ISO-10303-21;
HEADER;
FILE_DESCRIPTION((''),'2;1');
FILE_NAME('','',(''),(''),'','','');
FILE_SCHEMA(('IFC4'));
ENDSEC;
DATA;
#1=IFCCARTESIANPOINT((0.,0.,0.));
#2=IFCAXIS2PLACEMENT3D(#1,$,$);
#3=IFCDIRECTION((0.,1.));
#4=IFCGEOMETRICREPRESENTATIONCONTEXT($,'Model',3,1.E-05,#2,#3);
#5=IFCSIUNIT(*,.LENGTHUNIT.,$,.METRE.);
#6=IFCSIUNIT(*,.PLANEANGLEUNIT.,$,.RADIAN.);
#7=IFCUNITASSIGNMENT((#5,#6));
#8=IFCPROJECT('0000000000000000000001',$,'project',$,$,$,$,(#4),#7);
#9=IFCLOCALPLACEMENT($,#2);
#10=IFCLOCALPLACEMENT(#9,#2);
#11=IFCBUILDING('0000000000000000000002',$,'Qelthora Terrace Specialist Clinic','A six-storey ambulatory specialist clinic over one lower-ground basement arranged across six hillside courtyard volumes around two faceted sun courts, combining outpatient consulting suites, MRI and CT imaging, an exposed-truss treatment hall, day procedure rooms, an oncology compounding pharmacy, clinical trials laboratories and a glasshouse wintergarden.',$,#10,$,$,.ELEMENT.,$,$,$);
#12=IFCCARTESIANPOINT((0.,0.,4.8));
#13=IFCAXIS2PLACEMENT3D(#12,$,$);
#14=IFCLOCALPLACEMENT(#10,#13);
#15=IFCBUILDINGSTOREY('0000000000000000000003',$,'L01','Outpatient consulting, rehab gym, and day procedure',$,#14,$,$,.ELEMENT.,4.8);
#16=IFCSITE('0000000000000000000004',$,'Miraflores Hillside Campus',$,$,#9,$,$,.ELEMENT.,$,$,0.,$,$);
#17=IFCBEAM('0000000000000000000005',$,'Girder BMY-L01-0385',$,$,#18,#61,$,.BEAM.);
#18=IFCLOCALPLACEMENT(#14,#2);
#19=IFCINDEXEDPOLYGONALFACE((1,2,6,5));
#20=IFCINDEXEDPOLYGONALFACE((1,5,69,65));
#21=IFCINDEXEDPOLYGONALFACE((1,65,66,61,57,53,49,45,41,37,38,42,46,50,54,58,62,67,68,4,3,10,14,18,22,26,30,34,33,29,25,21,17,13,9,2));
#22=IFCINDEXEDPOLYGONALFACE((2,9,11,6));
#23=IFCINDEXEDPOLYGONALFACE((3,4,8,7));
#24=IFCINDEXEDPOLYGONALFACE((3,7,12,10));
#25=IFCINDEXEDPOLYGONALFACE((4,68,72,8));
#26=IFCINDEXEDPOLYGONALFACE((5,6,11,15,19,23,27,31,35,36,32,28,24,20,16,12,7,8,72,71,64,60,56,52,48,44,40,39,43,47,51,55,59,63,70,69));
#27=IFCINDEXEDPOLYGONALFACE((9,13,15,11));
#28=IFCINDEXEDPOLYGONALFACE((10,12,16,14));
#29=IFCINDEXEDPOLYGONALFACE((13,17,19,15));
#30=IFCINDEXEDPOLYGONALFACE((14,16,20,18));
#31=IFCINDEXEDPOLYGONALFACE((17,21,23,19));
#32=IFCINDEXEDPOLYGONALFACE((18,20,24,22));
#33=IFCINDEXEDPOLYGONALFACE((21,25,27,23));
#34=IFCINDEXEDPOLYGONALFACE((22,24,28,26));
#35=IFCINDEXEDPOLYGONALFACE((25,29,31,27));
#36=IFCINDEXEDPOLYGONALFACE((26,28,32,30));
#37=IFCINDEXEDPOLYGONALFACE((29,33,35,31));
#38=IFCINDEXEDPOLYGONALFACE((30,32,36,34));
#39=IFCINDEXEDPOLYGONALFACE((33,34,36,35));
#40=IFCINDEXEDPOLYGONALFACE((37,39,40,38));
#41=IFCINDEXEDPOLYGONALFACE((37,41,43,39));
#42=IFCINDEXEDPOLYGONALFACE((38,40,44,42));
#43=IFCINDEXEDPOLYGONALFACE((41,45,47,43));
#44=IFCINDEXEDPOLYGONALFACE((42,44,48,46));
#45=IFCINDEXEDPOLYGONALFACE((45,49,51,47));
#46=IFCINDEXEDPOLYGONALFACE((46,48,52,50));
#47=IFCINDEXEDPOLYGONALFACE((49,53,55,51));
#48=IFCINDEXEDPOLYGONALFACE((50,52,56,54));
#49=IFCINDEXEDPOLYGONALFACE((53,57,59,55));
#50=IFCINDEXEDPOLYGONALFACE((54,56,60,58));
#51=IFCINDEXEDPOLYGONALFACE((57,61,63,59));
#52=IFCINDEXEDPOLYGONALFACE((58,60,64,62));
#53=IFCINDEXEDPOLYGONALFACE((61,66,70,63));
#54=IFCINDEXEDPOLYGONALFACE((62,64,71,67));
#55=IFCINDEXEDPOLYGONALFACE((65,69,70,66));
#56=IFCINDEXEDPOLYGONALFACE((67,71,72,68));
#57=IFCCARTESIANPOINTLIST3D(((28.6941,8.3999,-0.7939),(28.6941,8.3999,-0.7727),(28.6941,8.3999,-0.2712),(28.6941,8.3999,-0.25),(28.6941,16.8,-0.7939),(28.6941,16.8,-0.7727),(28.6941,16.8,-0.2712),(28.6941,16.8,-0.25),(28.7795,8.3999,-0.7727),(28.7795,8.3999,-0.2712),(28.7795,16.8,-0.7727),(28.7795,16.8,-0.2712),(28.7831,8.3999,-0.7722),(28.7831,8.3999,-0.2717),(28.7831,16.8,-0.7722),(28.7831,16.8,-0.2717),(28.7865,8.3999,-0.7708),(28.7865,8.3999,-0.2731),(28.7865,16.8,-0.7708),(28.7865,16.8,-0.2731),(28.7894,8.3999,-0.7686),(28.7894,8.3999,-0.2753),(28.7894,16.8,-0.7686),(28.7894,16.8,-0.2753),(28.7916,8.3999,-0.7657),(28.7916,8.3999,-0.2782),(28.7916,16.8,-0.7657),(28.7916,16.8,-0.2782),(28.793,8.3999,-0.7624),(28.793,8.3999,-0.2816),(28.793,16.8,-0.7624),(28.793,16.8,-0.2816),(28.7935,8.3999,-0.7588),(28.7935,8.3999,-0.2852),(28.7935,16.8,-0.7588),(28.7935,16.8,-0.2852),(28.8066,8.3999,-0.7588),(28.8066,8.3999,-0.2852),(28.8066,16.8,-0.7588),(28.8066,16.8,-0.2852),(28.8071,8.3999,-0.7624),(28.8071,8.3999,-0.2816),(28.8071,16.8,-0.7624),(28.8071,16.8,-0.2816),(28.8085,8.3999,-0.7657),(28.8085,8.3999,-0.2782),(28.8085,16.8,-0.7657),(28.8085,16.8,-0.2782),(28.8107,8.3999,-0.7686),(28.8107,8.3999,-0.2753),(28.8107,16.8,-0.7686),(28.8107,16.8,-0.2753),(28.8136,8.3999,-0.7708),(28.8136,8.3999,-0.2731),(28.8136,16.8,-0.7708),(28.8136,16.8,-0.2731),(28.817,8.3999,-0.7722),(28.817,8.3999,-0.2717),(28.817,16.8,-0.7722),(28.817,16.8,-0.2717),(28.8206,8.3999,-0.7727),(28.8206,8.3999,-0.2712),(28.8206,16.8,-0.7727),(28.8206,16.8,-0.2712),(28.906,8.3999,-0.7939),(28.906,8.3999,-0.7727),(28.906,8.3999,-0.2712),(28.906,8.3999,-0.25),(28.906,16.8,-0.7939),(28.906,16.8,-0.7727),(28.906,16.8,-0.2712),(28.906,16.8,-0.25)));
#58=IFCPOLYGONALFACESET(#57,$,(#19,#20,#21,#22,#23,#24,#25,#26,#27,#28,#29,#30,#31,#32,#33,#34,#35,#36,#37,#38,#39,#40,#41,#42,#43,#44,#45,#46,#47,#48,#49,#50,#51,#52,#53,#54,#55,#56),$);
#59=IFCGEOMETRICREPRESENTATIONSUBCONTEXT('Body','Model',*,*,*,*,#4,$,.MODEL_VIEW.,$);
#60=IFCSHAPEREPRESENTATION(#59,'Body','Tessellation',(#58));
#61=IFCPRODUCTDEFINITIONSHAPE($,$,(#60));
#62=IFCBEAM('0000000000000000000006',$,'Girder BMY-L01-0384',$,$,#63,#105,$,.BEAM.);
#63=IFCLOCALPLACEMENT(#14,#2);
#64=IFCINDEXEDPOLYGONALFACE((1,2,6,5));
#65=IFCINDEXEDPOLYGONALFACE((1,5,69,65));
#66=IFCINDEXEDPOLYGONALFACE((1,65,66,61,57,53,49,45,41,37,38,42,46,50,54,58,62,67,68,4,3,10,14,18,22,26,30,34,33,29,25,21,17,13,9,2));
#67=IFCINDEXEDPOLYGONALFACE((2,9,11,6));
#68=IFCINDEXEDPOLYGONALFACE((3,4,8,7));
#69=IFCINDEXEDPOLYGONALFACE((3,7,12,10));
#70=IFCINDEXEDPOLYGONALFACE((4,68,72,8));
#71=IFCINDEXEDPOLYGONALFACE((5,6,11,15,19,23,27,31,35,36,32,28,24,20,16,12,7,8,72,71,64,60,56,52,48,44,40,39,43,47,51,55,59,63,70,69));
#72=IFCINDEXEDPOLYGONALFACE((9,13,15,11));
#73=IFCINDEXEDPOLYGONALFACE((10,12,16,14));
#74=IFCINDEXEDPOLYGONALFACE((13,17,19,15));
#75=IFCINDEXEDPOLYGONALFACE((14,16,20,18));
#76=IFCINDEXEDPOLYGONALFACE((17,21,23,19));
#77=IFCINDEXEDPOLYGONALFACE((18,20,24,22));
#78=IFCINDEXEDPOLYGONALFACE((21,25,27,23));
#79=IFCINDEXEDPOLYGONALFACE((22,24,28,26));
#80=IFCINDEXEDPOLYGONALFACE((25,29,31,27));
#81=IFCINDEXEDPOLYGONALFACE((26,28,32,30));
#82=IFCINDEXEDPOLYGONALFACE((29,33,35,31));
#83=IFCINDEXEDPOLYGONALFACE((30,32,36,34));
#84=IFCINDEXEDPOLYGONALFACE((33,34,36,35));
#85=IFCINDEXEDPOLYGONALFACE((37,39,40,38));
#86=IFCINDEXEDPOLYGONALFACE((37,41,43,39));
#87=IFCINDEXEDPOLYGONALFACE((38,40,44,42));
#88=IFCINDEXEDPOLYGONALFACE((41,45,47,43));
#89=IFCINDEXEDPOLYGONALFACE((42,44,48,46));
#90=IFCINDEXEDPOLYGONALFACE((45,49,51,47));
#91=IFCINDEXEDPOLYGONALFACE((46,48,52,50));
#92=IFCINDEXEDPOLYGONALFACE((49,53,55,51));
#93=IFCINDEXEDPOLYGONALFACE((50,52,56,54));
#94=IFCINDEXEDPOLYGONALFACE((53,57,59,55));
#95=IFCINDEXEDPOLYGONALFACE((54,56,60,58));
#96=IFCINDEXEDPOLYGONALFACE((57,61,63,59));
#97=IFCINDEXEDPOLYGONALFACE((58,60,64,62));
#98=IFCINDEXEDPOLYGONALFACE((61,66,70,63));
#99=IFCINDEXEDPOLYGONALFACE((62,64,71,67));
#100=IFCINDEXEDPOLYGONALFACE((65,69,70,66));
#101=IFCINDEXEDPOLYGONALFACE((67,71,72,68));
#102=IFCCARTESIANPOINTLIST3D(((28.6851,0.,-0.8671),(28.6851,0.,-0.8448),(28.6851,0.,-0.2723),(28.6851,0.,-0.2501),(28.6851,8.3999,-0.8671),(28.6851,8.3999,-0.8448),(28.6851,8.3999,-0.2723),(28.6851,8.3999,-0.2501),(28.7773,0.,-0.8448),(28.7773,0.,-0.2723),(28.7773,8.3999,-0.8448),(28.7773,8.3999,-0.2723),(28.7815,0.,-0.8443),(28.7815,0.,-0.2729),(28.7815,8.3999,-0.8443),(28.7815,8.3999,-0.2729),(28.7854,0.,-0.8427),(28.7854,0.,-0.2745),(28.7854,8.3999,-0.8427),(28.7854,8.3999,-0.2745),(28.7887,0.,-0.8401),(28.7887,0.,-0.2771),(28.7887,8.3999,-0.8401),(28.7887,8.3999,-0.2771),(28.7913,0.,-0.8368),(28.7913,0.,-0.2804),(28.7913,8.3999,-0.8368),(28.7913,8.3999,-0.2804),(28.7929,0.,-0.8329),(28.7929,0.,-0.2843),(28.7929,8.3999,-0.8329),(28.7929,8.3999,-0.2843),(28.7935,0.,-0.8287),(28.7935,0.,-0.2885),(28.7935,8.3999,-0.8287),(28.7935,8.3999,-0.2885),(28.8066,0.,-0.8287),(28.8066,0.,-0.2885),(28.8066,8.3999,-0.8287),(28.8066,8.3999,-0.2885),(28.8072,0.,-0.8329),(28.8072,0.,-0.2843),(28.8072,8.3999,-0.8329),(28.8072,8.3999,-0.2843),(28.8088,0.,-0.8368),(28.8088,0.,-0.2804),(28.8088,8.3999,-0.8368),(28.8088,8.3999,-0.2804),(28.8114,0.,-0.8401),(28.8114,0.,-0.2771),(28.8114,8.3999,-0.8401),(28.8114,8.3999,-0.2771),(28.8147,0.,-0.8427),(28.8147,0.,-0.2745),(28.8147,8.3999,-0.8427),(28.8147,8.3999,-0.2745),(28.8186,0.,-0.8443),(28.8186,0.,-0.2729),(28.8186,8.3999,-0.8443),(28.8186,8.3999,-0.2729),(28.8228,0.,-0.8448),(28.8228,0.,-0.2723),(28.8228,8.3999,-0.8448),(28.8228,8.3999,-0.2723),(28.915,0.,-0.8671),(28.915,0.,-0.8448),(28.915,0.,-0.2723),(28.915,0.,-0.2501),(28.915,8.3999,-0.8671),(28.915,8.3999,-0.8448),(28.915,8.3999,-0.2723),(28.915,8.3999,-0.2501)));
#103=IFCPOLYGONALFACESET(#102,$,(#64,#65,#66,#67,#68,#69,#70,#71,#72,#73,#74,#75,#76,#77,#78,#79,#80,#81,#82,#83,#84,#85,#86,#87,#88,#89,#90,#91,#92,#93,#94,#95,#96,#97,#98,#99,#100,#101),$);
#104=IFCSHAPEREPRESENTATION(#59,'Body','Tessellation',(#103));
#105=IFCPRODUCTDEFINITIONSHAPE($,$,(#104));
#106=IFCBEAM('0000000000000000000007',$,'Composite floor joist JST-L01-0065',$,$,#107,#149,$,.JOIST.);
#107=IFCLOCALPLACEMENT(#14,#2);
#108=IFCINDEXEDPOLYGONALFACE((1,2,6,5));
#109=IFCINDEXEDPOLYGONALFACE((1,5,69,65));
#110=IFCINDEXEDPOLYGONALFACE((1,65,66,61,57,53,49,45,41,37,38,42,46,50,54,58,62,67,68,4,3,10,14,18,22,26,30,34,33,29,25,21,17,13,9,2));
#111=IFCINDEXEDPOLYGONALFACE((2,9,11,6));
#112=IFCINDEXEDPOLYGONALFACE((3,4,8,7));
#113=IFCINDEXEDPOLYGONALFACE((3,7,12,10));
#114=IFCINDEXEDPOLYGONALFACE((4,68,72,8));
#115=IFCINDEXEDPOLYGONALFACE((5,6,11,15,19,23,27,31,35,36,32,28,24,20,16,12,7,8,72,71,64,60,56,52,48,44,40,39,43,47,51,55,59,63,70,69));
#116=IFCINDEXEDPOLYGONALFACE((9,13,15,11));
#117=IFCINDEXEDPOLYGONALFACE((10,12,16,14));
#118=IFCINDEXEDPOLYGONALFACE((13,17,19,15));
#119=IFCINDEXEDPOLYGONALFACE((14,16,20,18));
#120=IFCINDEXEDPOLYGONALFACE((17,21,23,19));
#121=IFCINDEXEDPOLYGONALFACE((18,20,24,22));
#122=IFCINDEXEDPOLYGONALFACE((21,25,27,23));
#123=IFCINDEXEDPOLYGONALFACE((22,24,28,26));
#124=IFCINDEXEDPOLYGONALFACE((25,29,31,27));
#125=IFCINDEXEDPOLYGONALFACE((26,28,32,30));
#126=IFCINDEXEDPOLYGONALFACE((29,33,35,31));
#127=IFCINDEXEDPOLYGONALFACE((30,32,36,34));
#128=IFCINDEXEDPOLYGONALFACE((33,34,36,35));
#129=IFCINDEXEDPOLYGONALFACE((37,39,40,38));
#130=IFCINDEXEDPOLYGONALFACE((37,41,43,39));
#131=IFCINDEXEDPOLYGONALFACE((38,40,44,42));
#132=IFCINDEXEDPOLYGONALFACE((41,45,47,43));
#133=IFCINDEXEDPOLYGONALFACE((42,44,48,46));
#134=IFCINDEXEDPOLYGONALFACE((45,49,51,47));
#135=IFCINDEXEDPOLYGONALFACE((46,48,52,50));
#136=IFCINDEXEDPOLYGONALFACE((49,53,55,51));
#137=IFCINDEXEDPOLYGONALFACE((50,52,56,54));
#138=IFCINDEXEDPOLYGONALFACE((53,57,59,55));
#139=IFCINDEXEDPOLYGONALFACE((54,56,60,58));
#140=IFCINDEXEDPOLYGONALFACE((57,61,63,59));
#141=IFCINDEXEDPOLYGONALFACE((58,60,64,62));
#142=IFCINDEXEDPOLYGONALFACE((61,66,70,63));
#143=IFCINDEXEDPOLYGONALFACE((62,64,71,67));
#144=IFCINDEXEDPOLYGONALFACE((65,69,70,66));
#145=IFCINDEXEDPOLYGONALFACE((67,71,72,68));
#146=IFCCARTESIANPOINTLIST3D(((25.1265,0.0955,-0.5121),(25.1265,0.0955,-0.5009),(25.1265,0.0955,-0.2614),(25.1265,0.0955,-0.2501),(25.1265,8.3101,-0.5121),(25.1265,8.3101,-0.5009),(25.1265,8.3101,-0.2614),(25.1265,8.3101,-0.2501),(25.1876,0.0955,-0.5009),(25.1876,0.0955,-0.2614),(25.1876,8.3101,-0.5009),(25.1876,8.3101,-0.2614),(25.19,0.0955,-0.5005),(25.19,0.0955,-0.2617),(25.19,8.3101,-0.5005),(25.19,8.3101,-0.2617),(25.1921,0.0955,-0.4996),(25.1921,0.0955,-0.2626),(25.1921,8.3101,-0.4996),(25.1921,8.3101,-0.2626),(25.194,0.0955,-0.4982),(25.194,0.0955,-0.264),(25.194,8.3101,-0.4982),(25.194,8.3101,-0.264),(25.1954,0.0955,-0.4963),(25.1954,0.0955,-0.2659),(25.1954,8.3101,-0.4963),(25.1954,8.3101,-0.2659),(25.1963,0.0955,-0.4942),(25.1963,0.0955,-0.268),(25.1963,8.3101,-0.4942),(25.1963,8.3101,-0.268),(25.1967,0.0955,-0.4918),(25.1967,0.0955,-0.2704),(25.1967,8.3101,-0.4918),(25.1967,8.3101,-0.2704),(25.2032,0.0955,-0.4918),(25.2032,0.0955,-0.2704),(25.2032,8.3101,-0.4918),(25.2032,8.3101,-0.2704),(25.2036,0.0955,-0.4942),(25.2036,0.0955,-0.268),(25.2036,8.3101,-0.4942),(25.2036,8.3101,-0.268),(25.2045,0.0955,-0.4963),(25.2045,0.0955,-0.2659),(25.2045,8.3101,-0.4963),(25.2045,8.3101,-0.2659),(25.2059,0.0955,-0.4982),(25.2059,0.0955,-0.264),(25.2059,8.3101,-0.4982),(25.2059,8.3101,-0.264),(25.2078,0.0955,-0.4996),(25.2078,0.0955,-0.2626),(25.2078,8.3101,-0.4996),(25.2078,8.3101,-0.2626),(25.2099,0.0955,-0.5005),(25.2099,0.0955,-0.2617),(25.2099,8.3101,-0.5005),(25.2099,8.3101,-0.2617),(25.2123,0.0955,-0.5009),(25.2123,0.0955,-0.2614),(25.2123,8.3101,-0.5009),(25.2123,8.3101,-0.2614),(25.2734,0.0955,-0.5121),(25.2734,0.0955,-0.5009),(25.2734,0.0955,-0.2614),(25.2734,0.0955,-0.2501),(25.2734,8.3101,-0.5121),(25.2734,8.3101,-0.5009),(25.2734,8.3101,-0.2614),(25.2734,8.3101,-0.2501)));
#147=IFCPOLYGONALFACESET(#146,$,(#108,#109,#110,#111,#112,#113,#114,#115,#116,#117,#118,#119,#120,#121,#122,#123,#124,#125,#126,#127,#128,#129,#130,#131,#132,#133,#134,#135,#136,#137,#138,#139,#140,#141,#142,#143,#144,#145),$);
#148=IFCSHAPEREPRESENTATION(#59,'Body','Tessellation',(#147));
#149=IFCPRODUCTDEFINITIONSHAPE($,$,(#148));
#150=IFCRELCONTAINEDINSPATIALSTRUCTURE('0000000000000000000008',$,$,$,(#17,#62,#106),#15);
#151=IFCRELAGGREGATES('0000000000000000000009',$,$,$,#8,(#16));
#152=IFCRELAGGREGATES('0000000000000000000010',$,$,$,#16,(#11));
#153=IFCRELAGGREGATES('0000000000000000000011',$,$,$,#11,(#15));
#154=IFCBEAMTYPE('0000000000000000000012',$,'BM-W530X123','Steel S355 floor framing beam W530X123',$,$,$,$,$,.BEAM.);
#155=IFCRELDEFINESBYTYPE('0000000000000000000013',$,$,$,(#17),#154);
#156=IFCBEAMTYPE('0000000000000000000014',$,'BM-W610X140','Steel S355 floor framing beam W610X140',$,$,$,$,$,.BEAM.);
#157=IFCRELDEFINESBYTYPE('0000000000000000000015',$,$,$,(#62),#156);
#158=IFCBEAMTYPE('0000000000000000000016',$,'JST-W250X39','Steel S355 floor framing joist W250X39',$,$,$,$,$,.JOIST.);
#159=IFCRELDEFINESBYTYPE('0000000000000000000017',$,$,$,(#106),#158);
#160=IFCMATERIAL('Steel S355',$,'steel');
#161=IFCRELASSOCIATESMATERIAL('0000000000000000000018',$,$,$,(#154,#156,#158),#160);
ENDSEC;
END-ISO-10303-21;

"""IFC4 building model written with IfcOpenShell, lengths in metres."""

from ifc_helpers import new_model, si_unit, direction, frame, origin, origin_2d, place, context, subcontext, project, spatial, i_section, extrude, material, material_profile, profile_set, type_object, element, save


model = new_model("IFC4")

# Units and contexts
model_context = context("Model", 3, precision=1e-05, world=origin(), true_north=direction((0.0, 1.0)))
body_context = subcontext(model_context, "Body", "Model", "MODEL_VIEW")
ifc_project = project(units=[si_unit("LENGTHUNIT", "METRE"), si_unit("PLANEANGLEUNIT", "RADIAN")], contexts=[model_context])

# Site, building, storey
site_placement = place(None, origin())
site = spatial("IfcSite", under=ifc_project, at=site_placement, Name="Miraflores Hillside Campus", CompositionType="ELEMENT", RefElevation=0.0)
building_placement = place(site_placement, origin())
building = spatial("IfcBuilding", under=site, at=building_placement, Name="Qelthora Terrace Specialist Clinic", Description="A six-storey ambulatory specialist clinic over one lower-ground basement arranged across six hillside courtyard volumes around two faceted sun courts, combining outpatient consulting suites, MRI and CT imaging, an exposed-truss treatment hall, day procedure rooms, an oncology compounding pharmacy, clinical trials laboratories and a glasshouse wintergarden.", CompositionType="ELEMENT")
storey_placement = place(building_placement, frame((0.0, 0.0, 4.8)))
storey = spatial("IfcBuildingStorey", under=building, at=storey_placement, Name="L01", Description="Outpatient consulting, rehab gym, and day procedure", CompositionType="ELEMENT", Elevation=4.8)

# Shared definitions
ifc_material_1 = material(Name="Steel S355", Category="steel")

# Beams
ifc_material_profile_1 = material_profile(ifc_material_1, i_section(OverallWidth=0.2119, OverallDepth=0.5439, WebThickness=0.0132, FlangeThickness=0.0212, FilletRadius=0.0139, at=origin_2d()), Name="W530X123")
ifc_profile_set_1 = profile_set([ifc_material_profile_1], Name="Steel S355")
beam_type_1 = type_object("IfcBeamType", Name="BM-W530X123", Description="Steel S355 floor framing beam W530X123", PredefinedType="BEAM", material=ifc_profile_set_1)
beam_1_placement = place(storey_placement, frame((28.8, 8.3999, -0.522), z_axis=(0.0, 1.0, 0.0), x_axis=(-1.0, 0.0, 0.0)))
element("IfcBeam", 1, at=beam_1_placement, inside=storey, type_object=beam_type_1, Name="Girder BMY-L01-0385", PredefinedType="BEAM", context=body_context, shape_type="SweptSolid", body=[
    extrude(i_section(OverallWidth=0.2119, OverallDepth=0.5439, WebThickness=0.0132, FlangeThickness=0.0212, FilletRadius=0.0139, at=origin_2d()), origin(), (0.0, 0.0, 1.0), 8.4001),
])
ifc_material_profile_2 = material_profile(ifc_material_1, i_section(OverallWidth=0.23, OverallDepth=0.6169, WebThickness=0.0132, FlangeThickness=0.0222, FilletRadius=0.0161, at=origin_2d()), Name="W610X140")
ifc_profile_set_2 = profile_set([ifc_material_profile_2], Name="Steel S355")
beam_type_2 = type_object("IfcBeamType", Name="BM-W610X140", Description="Steel S355 floor framing beam W610X140", PredefinedType="BEAM", material=ifc_profile_set_2)
beam_2_placement = place(storey_placement, frame((28.8, 0.0, -0.5586), z_axis=(0.0, 1.0, 0.0), x_axis=(-1.0, 0.0, 0.0)))
element("IfcBeam", 2, at=beam_2_placement, inside=storey, type_object=beam_type_2, Name="Girder BMY-L01-0384", PredefinedType="BEAM", context=body_context, shape_type="SweptSolid", body=[
    extrude(i_section(OverallWidth=0.23, OverallDepth=0.6169, WebThickness=0.0132, FlangeThickness=0.0222, FilletRadius=0.0161, at=origin_2d()), origin(), (0.0, 0.0, 1.0), 8.3999),
])
ifc_material_profile_3 = material_profile(ifc_material_1, i_section(OverallWidth=0.147, OverallDepth=0.262, WebThickness=0.0066, FlangeThickness=0.0112, FilletRadius=0.009, at=origin_2d()), Name="W250X39")
ifc_profile_set_3 = profile_set([ifc_material_profile_3], Name="Steel S355")
beam_type_3 = type_object("IfcBeamType", Name="JST-W250X39", Description="Steel S355 floor framing joist W250X39", PredefinedType="JOIST", material=ifc_profile_set_3)
beam_3_placement = place(storey_placement, frame((25.2, 0.0955, -0.3811), z_axis=(0.0, 1.0, 0.0), x_axis=(-1.0, 0.0, 0.0)))
element("IfcBeam", 3, at=beam_3_placement, inside=storey, type_object=beam_type_3, Name="Composite floor joist JST-L01-0065", PredefinedType="JOIST", context=body_context, shape_type="SweptSolid", body=[
    extrude(i_section(OverallWidth=0.147, OverallDepth=0.262, WebThickness=0.0066, FlangeThickness=0.0112, FilletRadius=0.009, at=origin_2d()), origin(), (0.0, 0.0, 1.0), 8.2146),
])

save(model, "model.ifc")
